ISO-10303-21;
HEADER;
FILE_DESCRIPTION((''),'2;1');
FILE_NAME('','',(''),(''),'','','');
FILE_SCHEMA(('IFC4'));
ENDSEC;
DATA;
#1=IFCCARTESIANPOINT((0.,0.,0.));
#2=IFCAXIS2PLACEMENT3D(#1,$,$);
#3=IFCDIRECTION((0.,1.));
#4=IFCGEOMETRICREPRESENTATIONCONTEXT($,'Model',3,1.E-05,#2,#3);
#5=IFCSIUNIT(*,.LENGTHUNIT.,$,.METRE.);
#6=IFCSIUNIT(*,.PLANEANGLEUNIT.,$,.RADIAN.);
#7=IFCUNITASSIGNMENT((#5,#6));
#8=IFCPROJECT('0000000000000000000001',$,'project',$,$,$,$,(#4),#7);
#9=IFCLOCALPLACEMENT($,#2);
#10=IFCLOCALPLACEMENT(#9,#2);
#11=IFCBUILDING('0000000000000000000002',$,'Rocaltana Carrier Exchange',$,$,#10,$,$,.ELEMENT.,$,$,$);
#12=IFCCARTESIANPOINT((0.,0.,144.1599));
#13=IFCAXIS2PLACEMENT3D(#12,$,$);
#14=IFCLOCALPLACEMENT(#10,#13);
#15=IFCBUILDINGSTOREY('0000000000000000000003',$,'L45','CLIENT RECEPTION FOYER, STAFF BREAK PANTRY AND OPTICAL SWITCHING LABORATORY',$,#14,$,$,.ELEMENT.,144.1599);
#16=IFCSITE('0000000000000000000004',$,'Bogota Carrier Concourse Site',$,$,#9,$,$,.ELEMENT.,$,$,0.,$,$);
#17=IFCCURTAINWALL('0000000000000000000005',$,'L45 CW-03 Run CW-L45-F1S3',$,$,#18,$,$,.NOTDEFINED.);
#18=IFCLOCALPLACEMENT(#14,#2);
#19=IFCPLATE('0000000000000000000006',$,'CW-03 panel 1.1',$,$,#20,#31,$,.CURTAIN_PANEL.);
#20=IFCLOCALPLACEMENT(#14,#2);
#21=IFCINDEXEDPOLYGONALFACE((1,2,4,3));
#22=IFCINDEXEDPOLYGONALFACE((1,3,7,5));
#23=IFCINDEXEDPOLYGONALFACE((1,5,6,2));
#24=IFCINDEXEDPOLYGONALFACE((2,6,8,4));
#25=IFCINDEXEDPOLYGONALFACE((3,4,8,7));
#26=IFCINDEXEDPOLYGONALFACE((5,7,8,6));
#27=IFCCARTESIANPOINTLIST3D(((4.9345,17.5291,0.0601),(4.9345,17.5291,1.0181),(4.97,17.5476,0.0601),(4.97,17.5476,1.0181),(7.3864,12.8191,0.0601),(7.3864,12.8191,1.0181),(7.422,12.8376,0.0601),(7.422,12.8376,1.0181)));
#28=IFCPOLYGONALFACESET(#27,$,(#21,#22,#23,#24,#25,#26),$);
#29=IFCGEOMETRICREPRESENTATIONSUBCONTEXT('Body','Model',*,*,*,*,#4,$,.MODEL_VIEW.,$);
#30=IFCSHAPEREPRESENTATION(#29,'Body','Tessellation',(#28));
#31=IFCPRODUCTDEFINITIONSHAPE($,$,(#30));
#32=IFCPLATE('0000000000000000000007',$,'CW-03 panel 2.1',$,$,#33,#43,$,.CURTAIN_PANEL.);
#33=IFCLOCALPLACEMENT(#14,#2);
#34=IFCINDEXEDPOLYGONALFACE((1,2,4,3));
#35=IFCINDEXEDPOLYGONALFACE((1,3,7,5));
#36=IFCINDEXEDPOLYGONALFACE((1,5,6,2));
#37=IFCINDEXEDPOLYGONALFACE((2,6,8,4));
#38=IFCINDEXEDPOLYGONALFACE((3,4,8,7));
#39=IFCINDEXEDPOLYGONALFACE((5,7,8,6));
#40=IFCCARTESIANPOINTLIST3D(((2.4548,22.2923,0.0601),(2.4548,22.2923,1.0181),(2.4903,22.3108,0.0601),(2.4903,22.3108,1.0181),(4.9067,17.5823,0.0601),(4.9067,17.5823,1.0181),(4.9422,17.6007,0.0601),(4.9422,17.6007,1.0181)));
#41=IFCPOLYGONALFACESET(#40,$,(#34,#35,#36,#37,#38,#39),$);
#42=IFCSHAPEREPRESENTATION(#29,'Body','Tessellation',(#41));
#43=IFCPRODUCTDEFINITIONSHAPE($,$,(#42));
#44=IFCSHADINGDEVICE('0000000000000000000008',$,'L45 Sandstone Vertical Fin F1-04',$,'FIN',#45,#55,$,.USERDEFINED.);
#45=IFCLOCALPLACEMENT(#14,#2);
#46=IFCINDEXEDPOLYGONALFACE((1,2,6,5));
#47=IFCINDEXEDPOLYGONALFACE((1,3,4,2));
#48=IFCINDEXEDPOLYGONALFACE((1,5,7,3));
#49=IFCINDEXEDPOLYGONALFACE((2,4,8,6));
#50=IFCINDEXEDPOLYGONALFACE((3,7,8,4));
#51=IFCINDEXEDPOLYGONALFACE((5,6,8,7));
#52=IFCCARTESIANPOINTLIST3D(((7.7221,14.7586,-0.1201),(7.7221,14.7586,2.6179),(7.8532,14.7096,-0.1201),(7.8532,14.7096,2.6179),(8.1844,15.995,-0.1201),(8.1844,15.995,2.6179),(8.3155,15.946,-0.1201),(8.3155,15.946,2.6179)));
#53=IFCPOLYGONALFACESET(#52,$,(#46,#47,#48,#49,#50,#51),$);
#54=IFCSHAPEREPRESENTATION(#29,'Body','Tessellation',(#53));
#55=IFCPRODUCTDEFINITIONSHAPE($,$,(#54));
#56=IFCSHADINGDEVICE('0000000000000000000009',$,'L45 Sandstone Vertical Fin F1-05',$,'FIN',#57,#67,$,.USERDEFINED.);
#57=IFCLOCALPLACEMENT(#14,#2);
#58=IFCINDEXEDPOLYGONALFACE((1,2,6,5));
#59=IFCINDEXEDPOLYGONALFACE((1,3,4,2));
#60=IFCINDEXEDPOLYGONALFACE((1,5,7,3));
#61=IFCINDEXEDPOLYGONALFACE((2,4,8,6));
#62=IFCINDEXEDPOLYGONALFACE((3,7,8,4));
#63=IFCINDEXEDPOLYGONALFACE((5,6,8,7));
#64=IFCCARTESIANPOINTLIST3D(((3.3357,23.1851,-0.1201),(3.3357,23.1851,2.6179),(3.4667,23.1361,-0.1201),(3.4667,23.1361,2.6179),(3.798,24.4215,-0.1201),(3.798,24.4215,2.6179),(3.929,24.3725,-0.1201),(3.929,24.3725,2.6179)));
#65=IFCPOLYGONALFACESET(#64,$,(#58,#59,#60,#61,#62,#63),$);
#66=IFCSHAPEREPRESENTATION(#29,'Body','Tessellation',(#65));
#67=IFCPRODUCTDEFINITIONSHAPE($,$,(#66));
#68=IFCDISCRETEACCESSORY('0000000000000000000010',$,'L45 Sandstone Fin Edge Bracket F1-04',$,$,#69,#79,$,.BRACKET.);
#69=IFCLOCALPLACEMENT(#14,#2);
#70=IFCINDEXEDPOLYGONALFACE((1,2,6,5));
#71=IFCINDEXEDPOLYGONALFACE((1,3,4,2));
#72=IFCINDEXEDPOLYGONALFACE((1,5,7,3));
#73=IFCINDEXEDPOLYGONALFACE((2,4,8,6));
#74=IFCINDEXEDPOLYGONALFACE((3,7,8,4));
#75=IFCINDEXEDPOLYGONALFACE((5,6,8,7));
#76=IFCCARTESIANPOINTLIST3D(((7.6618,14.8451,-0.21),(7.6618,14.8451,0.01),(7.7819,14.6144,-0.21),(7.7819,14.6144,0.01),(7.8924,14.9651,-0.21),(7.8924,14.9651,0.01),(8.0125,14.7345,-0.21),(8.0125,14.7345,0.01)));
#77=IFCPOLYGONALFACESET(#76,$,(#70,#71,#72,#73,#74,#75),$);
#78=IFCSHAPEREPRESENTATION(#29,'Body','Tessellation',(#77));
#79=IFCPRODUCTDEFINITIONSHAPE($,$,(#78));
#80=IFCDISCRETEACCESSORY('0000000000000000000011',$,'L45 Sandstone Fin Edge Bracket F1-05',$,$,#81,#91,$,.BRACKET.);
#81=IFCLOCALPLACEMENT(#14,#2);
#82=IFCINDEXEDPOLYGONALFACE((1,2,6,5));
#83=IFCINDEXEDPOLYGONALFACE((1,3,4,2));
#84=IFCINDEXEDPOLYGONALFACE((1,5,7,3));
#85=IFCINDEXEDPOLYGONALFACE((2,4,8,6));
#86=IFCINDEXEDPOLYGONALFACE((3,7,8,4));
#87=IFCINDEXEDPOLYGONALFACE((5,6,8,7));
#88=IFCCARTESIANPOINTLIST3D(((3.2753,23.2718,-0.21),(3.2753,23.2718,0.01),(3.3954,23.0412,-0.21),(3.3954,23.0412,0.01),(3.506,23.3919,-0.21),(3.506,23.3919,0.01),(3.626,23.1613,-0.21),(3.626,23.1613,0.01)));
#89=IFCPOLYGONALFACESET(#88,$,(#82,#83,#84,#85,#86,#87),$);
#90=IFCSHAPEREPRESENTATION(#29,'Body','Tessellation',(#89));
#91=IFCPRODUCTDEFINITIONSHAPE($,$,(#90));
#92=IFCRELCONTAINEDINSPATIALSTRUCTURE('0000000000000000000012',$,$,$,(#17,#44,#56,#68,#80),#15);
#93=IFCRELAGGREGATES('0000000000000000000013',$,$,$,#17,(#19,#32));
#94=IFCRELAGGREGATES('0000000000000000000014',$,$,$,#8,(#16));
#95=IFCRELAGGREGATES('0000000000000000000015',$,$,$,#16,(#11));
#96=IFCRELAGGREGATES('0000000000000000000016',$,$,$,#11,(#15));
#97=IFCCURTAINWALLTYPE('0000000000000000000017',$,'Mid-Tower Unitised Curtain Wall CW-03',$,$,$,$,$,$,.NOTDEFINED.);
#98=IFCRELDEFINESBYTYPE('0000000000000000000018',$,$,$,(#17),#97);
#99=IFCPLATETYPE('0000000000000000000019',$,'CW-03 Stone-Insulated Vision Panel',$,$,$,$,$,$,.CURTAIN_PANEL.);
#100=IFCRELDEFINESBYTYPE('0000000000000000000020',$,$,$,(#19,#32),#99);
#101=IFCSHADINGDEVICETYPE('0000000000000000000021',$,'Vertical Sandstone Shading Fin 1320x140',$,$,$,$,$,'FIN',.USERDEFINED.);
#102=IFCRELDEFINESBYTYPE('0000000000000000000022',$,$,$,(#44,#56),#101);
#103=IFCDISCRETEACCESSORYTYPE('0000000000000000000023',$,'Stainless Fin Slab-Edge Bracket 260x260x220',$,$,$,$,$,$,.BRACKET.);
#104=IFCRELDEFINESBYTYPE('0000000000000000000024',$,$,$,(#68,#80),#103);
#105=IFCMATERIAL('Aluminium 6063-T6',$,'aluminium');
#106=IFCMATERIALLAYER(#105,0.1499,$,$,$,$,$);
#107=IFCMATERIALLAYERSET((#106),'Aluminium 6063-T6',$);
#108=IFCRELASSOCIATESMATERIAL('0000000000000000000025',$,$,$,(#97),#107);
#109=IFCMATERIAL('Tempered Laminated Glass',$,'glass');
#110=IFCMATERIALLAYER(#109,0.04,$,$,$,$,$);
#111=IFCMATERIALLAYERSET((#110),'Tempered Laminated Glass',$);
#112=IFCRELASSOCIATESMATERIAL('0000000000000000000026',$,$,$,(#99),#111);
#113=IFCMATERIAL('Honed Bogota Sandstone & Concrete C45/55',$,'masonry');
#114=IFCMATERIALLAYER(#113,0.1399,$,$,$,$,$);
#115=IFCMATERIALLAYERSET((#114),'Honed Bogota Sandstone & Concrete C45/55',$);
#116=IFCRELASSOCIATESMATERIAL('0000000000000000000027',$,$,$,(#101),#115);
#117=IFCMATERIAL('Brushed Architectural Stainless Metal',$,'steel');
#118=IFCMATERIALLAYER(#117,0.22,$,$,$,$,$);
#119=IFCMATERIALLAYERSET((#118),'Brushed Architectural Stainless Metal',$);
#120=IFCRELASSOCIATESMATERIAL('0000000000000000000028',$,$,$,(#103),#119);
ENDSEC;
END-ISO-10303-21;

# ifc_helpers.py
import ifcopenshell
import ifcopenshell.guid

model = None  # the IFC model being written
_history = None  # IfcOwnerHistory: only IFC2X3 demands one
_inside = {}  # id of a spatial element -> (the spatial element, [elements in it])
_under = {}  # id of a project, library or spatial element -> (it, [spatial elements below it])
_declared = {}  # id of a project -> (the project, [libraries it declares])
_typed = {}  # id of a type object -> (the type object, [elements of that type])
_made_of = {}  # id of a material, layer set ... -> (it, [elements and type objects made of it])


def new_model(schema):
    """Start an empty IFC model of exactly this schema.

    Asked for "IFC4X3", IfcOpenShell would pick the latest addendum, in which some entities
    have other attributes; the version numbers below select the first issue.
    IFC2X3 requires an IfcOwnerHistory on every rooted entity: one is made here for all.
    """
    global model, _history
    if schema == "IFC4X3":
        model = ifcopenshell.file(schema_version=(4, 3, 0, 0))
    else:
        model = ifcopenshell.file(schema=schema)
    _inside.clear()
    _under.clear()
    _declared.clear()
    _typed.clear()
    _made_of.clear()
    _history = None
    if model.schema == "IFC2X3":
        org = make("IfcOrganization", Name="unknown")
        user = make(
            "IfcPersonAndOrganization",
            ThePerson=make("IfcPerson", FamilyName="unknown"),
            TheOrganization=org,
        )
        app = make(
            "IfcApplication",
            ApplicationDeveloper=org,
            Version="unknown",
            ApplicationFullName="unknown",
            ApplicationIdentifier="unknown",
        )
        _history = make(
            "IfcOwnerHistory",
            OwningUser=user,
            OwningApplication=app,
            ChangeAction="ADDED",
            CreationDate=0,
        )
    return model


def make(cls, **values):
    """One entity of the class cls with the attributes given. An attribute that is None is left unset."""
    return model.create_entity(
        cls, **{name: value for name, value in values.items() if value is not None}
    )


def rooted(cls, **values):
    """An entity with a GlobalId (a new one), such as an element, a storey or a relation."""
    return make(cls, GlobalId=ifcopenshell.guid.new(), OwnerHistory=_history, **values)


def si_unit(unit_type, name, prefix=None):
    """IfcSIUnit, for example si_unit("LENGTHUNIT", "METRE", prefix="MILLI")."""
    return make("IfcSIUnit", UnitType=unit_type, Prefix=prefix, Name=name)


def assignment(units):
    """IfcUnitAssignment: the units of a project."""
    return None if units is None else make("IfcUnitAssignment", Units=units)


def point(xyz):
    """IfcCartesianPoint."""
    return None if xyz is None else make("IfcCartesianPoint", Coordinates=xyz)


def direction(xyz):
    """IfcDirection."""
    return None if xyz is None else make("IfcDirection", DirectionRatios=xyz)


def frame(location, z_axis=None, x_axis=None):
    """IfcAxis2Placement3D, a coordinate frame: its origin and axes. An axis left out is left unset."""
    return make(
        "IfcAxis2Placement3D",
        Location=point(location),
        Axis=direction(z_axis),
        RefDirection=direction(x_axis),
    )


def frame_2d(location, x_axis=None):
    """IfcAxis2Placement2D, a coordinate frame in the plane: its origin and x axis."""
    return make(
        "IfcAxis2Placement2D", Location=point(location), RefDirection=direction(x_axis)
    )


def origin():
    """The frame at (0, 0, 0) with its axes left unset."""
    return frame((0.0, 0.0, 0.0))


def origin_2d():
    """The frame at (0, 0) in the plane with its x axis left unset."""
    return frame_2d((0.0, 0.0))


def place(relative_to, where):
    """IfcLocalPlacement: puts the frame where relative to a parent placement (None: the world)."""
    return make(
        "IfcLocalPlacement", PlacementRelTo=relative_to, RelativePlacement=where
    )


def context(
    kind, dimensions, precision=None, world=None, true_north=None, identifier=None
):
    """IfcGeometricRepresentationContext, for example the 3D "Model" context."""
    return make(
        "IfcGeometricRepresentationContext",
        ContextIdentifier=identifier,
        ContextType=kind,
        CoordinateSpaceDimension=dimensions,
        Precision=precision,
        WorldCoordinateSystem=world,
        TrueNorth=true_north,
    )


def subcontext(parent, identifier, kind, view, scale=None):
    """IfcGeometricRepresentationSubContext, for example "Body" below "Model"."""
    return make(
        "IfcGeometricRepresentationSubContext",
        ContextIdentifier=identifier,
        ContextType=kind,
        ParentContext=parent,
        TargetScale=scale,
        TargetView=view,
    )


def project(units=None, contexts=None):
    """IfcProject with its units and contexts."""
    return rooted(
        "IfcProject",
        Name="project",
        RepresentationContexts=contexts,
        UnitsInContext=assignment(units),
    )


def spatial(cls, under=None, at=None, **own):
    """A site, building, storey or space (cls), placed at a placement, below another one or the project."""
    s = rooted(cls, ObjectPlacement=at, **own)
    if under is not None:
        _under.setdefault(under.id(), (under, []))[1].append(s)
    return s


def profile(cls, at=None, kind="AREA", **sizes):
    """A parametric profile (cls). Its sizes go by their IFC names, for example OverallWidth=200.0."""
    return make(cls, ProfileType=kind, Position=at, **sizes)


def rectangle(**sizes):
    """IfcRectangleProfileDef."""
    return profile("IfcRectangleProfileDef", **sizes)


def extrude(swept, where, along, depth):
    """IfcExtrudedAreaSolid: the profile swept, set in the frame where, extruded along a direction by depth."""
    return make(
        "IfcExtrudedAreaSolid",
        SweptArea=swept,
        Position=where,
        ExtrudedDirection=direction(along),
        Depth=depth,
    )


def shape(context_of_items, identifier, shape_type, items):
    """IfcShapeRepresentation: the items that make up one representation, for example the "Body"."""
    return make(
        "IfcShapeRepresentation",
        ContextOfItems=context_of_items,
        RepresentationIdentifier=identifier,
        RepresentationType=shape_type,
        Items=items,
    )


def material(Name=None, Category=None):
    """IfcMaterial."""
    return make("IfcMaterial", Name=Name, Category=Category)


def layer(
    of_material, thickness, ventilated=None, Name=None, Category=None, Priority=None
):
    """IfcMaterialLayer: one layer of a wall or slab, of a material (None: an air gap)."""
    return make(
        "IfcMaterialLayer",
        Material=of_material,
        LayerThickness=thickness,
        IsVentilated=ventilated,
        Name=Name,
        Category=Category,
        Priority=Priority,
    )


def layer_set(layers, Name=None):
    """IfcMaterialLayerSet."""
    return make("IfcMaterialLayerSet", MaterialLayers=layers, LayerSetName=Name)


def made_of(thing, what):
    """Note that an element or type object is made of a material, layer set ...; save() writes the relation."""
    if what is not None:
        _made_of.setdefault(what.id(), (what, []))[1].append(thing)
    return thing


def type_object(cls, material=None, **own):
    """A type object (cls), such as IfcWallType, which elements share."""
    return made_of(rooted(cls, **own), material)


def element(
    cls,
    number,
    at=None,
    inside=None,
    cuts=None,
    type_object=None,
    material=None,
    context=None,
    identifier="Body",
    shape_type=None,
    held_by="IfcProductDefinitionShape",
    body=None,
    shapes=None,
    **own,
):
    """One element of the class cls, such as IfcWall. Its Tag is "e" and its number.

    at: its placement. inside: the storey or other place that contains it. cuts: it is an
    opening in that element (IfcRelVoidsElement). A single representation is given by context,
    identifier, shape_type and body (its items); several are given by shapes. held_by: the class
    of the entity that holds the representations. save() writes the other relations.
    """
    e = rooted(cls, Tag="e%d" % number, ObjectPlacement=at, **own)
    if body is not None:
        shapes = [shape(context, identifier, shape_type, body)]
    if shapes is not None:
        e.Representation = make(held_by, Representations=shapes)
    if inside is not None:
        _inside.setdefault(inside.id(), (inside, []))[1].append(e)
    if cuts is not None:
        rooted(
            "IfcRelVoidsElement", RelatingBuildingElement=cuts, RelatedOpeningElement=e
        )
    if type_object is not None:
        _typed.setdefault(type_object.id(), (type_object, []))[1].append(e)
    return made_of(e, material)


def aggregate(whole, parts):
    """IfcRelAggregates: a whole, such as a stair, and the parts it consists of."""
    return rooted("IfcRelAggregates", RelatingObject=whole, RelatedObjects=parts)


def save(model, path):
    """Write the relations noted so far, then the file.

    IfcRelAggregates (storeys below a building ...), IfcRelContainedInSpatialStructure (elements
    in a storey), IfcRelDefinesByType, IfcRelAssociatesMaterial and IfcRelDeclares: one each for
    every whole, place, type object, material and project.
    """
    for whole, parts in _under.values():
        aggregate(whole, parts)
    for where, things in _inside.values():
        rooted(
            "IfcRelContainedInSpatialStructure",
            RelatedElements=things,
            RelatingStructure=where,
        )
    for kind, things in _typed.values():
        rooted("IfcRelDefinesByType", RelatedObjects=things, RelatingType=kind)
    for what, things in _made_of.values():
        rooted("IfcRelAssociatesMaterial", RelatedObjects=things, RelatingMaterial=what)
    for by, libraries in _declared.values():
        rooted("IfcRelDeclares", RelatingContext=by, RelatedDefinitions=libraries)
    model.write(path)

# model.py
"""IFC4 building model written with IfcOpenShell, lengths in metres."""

from ifc_helpers import new_model, si_unit, direction, frame, origin, origin_2d, place, context, subcontext, project, spatial, rectangle, extrude, material, layer, layer_set, type_object, element, aggregate, save


model = new_model("IFC4")

# Units and contexts
model_context = context("Model", 3, precision=1e-05, world=origin(), true_north=direction((0.0, 1.0)))
body_context = subcontext(model_context, "Body", "Model", "MODEL_VIEW")
ifc_project = project(units=[si_unit("LENGTHUNIT", "METRE"), si_unit("PLANEANGLEUNIT", "RADIAN")], contexts=[model_context])

# Site, building, storey
site_placement = place(None, origin())
site = spatial("IfcSite", under=ifc_project, at=site_placement, Name="Bogota Carrier Concourse Site", CompositionType="ELEMENT", RefElevation=0.0)
building_placement = place(site_placement, origin())
building = spatial("IfcBuilding", under=site, at=building_placement, Name="Rocaltana Carrier Exchange", CompositionType="ELEMENT")
storey_placement = place(building_placement, frame((0.0, 0.0, 144.1599)))
storey = spatial("IfcBuildingStorey", under=building, at=storey_placement, Name="L45", Description="CLIENT RECEPTION FOYER, STAFF BREAK PANTRY AND OPTICAL SWITCHING LABORATORY", CompositionType="ELEMENT", Elevation=144.1599)

# Curtain wall
ifc_material_1 = material(Name="Aluminium 6063-T6", Category="aluminium")
ifc_layer_1 = layer(ifc_material_1, 0.1499)
ifc_layer_set_1 = layer_set([ifc_layer_1], Name="Aluminium 6063-T6")
curtain_wall_type = type_object("IfcCurtainWallType", Name="Mid-Tower Unitised Curtain Wall CW-03", PredefinedType="NOTDEFINED", material=ifc_layer_set_1)
curtain_wall_placement = place(storey_placement, origin())
curtain_wall = element("IfcCurtainWall", 1, at=curtain_wall_placement, inside=storey, type_object=curtain_wall_type, Name="L45 CW-03 Run CW-L45-F1S3", PredefinedType="NOTDEFINED")

# Plates
ifc_material_2 = material(Name="Tempered Laminated Glass", Category="glass")
ifc_layer_2 = layer(ifc_material_2, 0.04)
ifc_layer_set_2 = layer_set([ifc_layer_2], Name="Tempered Laminated Glass")
plate_type = type_object("IfcPlateType", Name="CW-03 Stone-Insulated Vision Panel", PredefinedType="CURTAIN_PANEL", material=ifc_layer_set_2)
plate_1_placement = place(storey_placement, frame((6.1782, 15.1833, 0.0601), z_axis=(0.0, 0.0, 1.0), x_axis=(-0.461754, 0.887008, 0.0)))
plate_1 = element("IfcPlate", 2, at=plate_1_placement, type_object=plate_type, Name="CW-03 panel 1.1", PredefinedType="CURTAIN_PANEL", context=body_context, shape_type="SweptSolid", body=[
    extrude(rectangle(XDim=5.3101, YDim=0.04, at=origin_2d()), origin(), (0.0, 0.0, 1.0), 0.958),
])
plate_2_placement = place(storey_placement, frame((3.6985, 19.9465, 0.0601), z_axis=(0.0, 0.0, 1.0), x_axis=(-0.461754, 0.887008, 0.0)))
plate_2 = element("IfcPlate", 3, at=plate_2_placement, type_object=plate_type, Name="CW-03 panel 2.1", PredefinedType="CURTAIN_PANEL", context=body_context, shape_type="SweptSolid", body=[
    extrude(rectangle(XDim=5.3101, YDim=0.04, at=origin_2d()), origin(), (0.0, 0.0, 1.0), 0.958),
])
aggregate(curtain_wall, [plate_1, plate_2])

# Shading devices
ifc_material_3 = material(Name="Honed Bogota Sandstone & Concrete C45/55", Category="masonry")
ifc_layer_3 = layer(ifc_material_3, 0.1399)
ifc_layer_set_3 = layer_set([ifc_layer_3], Name="Honed Bogota Sandstone & Concrete C45/55")
shading_device_type = type_object("IfcShadingDeviceType", Name="Vertical Sandstone Shading Fin 1320x140", ElementType="FIN", PredefinedType="USERDEFINED", material=ifc_layer_set_3)
for number, where, z_axis, x_axis, name in (
    (4, (8.0188, 15.3523, -0.1201), (0.0, 0.0, 1.0), (0.350207, 0.936672, 0.0), "L45 Sandstone Vertical Fin F1-04"),
    (5, (3.6323, 23.7788, -0.1201), (0.0, 0.0, 1.0), (0.350207, 0.936672, 0.0), "L45 Sandstone Vertical Fin F1-05"),
):
    element("IfcShadingDevice", number, at=place(storey_placement, frame(where, z_axis=z_axis, x_axis=x_axis)), inside=storey, type_object=shading_device_type, Name=name, ObjectType="FIN", PredefinedType="USERDEFINED", context=body_context, shape_type="SweptSolid", body=[
        extrude(rectangle(XDim=1.3201, YDim=0.1399, at=origin_2d()), origin(), (0.0, 0.0, 1.0), 2.738),
    ])

# Discrete accessories
ifc_material_4 = material(Name="Brushed Architectural Stainless Metal", Category="steel")
ifc_layer_4 = layer(ifc_material_4, 0.22)
ifc_layer_set_4 = layer_set([ifc_layer_4], Name="Brushed Architectural Stainless Metal")
discrete_accessory_type = type_object("IfcDiscreteAccessoryType", Name="Stainless Fin Slab-Edge Bracket 260x260x220", PredefinedType="BRACKET", material=ifc_layer_set_4)
for number, where, z_axis, x_axis, name in (
    (6, (7.8372, 14.7898, -0.21), (0.0, 0.0, 1.0), (-0.461749, 0.887011, 0.0), "L45 Sandstone Fin Edge Bracket F1-04"),
    (7, (3.4507, 23.2166, -0.21), (0.0, 0.0, 1.0), (-0.461749, 0.887011, 0.0), "L45 Sandstone Fin Edge Bracket F1-05"),
):
    element("IfcDiscreteAccessory", number, at=place(storey_placement, frame(where, z_axis=z_axis, x_axis=x_axis)), inside=storey, type_object=discrete_accessory_type, Name=name, PredefinedType="BRACKET", context=body_context, shape_type="SweptSolid", body=[
        extrude(rectangle(XDim=0.26, YDim=0.26, at=origin_2d()), origin(), (0.0, 0.0, 1.0), 0.22),
    ])

save(model, "model.ifc")
